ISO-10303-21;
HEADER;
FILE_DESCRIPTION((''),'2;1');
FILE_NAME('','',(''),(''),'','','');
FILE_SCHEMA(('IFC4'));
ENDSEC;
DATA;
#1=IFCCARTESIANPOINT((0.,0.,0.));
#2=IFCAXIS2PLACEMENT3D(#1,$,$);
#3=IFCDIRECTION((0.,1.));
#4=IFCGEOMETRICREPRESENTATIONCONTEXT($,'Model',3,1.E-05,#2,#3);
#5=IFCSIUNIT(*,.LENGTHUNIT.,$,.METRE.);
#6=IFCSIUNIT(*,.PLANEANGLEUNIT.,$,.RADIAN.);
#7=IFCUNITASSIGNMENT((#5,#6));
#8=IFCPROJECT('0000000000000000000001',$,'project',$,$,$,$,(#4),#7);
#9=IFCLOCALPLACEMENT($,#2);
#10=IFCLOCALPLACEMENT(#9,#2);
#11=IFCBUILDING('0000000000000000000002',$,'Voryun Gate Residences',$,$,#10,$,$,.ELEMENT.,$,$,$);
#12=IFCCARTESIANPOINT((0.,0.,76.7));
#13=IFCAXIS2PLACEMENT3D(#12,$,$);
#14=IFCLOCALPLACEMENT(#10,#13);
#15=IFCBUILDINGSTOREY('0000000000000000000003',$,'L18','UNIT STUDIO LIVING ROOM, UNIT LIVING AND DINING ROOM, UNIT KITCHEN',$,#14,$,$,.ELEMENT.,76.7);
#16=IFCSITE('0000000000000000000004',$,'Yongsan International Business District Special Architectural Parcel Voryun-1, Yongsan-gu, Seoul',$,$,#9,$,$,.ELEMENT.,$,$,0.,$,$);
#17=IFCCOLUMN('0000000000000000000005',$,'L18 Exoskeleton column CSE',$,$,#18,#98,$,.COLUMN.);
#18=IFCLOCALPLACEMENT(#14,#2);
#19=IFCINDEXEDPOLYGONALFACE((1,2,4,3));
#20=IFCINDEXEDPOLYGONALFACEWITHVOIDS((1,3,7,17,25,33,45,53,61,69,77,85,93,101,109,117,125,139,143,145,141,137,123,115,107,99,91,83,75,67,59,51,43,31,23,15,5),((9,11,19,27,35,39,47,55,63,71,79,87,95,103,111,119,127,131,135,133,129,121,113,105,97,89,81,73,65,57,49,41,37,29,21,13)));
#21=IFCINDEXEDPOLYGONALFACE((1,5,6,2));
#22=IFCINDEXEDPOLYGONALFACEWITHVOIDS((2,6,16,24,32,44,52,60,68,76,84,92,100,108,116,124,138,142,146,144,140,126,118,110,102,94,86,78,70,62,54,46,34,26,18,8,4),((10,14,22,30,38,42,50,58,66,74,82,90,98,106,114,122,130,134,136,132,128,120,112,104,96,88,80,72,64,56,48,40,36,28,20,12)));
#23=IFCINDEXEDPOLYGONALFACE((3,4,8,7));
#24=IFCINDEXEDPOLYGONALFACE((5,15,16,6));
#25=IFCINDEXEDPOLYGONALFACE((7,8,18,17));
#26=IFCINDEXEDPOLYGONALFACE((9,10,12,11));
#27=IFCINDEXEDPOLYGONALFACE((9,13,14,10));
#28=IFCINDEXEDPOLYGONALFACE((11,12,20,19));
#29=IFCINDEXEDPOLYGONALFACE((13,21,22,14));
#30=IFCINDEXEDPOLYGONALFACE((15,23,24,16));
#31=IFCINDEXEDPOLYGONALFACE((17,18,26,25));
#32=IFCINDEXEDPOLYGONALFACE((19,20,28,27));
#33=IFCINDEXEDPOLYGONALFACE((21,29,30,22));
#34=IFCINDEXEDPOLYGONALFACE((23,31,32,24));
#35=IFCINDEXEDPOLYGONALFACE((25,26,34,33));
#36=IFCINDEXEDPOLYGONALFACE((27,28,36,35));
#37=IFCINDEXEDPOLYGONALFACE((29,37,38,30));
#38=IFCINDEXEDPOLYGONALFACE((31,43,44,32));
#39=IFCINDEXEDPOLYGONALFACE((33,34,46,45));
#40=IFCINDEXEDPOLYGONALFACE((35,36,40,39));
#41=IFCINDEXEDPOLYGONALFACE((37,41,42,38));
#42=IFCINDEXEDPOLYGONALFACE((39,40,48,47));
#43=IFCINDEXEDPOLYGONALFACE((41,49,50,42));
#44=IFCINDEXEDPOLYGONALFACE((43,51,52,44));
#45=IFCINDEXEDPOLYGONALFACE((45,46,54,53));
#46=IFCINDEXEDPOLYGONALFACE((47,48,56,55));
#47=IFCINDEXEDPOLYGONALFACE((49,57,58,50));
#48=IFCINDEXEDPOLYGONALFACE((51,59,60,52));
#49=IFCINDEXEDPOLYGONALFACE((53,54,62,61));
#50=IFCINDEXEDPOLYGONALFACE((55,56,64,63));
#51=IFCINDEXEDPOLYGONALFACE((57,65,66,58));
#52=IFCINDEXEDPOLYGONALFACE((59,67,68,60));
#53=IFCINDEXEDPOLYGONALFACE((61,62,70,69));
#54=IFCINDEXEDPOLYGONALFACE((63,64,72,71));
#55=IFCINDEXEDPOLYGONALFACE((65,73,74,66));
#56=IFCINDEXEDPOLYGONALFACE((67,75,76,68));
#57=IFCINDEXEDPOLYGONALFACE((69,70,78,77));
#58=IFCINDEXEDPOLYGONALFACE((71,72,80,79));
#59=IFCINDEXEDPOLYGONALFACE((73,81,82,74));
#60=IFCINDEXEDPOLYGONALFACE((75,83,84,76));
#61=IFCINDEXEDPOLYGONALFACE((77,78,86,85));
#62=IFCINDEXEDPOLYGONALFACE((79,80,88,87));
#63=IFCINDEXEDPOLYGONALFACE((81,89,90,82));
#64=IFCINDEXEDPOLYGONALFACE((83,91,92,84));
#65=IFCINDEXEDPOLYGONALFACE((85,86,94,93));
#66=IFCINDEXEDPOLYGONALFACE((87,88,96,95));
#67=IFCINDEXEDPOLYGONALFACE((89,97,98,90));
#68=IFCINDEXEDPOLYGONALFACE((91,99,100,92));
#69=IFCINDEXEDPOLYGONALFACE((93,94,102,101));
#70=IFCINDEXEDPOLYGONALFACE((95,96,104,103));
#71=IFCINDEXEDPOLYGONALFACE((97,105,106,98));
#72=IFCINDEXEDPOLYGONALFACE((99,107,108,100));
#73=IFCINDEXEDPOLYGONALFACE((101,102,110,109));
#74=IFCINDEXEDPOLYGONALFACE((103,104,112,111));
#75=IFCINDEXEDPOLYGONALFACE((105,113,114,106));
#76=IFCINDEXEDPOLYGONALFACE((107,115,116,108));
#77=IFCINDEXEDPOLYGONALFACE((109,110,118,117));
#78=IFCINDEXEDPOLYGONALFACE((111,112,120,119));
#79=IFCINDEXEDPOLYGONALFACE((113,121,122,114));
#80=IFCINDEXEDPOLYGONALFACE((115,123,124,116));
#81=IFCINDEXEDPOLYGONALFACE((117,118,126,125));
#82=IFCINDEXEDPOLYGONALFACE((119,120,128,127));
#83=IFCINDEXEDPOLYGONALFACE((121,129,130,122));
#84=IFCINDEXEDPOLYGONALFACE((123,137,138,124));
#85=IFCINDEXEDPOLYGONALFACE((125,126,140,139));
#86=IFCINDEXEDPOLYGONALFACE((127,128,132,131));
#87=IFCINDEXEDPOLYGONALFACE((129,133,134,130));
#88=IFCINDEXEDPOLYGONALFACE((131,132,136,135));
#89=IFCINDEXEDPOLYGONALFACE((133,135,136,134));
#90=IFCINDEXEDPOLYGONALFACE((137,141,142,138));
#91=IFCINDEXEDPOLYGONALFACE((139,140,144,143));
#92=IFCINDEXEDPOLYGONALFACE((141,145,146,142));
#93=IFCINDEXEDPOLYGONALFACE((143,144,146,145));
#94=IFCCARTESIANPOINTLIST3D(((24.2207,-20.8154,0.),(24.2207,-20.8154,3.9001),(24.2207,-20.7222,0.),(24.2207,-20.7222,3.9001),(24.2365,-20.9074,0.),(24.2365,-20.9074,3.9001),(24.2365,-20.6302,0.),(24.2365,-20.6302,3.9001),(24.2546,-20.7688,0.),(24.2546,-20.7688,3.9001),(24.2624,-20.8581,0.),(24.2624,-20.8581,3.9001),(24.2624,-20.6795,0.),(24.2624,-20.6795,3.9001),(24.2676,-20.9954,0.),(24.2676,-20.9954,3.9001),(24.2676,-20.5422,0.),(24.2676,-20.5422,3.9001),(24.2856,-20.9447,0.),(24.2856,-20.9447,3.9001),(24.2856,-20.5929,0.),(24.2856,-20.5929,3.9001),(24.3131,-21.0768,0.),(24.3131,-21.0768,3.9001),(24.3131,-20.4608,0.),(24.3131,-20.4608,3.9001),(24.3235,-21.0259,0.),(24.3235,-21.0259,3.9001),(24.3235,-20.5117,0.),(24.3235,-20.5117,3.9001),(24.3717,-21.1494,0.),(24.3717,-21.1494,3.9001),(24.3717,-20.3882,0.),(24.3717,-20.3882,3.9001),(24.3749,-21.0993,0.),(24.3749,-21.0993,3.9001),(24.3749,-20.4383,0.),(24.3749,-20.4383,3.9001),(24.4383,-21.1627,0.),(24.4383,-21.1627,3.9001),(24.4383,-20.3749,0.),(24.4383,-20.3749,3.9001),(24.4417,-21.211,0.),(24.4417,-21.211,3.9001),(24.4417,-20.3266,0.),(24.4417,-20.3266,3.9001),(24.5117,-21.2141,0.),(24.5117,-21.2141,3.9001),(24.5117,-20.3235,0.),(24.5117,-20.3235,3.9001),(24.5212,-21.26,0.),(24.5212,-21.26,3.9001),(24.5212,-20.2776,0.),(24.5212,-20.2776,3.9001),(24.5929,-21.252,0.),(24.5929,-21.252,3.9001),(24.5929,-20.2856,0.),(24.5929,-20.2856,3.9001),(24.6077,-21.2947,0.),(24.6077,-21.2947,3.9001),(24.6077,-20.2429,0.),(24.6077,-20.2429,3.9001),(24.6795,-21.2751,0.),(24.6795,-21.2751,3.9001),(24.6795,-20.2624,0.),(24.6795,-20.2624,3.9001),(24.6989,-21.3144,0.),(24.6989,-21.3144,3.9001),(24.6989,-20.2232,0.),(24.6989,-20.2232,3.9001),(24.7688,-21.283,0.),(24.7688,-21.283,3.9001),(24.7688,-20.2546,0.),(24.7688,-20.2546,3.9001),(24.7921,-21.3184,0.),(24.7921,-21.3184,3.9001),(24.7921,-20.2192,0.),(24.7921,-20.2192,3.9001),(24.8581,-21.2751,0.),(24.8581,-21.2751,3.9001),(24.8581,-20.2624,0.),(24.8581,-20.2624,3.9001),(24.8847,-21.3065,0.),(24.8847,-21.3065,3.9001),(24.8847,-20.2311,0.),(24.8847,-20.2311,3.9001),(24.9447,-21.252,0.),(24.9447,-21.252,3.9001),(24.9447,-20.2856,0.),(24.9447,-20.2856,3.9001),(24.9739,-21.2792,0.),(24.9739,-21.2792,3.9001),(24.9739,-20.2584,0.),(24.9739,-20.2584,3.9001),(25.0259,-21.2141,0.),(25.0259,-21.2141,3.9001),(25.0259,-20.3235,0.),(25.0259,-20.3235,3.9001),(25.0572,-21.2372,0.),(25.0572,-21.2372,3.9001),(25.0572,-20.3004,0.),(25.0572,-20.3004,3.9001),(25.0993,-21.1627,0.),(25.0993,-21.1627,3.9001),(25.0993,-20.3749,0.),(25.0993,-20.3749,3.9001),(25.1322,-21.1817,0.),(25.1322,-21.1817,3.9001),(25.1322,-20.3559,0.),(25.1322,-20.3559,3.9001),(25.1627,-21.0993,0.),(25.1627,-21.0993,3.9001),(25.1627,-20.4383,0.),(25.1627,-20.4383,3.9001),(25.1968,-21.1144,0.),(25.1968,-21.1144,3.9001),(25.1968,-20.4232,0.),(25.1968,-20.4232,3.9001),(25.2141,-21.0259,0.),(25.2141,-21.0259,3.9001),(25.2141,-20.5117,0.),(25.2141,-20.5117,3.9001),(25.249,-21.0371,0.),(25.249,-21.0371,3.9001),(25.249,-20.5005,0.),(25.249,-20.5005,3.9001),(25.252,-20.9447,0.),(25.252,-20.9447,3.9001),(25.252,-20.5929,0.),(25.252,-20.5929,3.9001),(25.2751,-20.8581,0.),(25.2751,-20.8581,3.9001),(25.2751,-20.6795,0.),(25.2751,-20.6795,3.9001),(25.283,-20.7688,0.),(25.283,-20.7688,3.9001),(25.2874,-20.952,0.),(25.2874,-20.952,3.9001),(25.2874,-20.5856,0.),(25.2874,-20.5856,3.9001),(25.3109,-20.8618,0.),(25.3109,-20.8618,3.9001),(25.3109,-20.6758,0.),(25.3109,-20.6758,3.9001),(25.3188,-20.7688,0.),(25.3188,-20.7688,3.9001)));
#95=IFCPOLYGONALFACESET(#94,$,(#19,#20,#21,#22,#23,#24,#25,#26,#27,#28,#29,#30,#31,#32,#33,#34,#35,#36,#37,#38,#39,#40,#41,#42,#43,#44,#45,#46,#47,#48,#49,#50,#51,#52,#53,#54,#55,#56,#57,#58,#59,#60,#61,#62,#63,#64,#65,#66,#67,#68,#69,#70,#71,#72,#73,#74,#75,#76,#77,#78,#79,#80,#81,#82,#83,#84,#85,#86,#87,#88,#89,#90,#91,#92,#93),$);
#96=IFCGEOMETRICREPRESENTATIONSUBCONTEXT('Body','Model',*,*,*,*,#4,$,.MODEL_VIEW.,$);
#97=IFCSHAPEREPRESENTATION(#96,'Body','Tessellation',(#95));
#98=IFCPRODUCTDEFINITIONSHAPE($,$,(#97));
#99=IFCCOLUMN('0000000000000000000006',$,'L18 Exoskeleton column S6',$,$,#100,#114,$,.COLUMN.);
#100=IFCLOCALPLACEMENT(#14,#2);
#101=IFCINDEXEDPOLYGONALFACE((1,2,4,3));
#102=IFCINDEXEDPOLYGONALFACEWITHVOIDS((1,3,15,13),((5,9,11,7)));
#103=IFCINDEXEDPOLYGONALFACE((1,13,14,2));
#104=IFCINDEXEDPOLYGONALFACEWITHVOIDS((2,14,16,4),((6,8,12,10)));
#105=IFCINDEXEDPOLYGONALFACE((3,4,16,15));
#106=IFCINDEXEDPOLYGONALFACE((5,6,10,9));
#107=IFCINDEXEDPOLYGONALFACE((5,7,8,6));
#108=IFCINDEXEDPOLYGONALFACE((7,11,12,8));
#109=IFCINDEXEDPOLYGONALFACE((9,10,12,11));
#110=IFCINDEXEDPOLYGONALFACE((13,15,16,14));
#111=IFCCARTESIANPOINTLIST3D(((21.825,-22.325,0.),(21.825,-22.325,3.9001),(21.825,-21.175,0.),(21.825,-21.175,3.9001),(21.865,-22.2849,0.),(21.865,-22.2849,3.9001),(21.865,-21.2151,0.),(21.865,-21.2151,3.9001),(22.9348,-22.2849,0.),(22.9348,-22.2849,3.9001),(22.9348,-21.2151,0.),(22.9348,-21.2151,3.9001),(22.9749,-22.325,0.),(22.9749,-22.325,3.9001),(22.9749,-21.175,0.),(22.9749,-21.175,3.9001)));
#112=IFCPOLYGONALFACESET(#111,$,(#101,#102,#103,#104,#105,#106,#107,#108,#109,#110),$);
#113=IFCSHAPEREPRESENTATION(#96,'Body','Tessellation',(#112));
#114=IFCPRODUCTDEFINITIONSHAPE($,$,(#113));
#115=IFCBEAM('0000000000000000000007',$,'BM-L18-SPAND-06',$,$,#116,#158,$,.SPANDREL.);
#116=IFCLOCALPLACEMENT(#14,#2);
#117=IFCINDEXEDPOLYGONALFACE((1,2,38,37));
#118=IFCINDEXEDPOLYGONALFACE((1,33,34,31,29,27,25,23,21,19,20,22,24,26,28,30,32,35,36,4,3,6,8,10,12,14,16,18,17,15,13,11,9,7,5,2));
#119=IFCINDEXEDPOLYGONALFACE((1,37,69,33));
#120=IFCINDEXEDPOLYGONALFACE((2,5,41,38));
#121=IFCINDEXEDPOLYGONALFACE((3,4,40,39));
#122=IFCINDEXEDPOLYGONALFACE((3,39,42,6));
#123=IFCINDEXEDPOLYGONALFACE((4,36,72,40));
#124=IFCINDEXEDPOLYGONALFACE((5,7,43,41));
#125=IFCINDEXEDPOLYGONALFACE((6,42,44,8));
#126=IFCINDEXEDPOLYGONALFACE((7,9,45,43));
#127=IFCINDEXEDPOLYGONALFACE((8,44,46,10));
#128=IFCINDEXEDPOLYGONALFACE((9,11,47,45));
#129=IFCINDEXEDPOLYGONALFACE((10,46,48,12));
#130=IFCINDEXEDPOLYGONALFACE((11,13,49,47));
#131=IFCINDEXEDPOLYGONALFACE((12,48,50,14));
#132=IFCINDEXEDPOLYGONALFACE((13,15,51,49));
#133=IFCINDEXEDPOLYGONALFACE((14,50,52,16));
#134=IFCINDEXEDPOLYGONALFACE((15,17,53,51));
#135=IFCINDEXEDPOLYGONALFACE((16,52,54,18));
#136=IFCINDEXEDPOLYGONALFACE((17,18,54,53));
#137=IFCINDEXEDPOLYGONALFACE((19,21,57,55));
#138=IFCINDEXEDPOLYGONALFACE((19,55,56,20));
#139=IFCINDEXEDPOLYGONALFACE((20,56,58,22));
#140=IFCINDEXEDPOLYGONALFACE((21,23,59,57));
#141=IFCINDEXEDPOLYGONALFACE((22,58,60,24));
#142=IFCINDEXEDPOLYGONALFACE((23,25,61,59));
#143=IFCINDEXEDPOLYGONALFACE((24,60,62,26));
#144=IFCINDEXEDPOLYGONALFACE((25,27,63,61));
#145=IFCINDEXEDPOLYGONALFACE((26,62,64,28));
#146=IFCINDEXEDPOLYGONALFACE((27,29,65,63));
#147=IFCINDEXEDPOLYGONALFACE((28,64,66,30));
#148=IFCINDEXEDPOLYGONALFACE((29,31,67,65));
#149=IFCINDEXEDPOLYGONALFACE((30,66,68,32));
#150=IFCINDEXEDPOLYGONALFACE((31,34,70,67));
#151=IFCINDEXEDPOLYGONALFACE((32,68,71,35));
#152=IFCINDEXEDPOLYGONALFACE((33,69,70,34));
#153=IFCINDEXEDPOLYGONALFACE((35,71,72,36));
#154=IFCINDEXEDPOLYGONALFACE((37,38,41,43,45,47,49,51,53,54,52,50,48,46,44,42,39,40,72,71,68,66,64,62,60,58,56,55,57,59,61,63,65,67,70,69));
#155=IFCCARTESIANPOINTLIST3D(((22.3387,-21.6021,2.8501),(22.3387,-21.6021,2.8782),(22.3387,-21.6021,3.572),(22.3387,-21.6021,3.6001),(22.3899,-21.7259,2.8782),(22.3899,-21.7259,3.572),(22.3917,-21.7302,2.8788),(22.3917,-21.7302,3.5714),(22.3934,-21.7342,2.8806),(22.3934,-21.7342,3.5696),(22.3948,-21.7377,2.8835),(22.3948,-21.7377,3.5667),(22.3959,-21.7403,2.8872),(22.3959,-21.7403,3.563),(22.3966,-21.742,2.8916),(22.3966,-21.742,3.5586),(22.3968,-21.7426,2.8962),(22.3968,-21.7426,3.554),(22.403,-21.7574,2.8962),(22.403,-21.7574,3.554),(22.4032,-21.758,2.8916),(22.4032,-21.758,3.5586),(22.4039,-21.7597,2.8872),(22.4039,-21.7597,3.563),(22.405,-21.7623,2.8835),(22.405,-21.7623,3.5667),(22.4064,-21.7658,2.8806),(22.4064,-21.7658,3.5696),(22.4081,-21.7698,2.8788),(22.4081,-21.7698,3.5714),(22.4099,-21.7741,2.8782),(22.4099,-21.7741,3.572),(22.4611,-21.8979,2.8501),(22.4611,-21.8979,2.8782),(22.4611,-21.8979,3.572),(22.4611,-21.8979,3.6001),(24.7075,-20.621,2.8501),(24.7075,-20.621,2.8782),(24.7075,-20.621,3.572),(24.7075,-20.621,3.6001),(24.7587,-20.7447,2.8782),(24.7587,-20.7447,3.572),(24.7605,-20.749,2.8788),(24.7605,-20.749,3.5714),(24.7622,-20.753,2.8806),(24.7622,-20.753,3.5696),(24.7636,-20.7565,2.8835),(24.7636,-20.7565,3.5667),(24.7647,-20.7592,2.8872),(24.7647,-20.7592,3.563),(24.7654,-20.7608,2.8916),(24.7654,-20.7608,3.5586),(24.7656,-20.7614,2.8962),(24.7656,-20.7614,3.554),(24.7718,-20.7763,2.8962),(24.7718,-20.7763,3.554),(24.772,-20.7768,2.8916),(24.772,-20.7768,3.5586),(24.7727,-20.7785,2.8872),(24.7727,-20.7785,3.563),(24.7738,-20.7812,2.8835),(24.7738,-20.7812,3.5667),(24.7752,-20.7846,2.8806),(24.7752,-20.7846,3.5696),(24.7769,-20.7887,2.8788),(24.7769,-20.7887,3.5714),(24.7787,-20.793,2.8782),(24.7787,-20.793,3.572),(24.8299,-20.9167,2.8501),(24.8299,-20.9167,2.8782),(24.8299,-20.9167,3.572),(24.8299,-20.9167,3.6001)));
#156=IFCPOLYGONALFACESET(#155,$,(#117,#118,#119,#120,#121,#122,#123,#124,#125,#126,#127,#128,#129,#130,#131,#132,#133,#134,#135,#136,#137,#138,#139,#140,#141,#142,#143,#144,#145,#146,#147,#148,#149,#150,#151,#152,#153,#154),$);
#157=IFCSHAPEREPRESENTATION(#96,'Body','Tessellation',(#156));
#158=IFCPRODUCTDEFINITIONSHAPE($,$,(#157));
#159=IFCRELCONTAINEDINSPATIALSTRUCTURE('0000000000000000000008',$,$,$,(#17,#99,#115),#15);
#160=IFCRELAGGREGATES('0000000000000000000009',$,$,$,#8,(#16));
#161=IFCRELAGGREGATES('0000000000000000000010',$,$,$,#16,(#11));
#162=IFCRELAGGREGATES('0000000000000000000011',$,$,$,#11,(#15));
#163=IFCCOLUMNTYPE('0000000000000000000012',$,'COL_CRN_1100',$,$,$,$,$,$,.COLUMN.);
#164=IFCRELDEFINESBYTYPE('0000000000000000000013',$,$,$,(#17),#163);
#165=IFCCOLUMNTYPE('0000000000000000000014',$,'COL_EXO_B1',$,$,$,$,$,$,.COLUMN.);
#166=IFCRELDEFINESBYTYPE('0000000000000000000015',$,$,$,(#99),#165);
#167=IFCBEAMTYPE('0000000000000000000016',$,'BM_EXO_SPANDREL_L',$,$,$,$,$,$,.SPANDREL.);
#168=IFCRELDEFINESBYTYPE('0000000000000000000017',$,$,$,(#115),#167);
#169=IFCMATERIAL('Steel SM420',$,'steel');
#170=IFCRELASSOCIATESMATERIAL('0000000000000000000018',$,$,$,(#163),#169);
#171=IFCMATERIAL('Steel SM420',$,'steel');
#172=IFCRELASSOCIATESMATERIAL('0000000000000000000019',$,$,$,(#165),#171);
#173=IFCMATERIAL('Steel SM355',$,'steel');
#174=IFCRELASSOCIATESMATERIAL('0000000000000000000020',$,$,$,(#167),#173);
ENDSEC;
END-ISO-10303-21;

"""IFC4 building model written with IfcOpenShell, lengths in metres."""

from ifc_helpers import new_model, si_unit, direction, frame, origin, origin_2d, place, context, subcontext, project, spatial, hollow_rectangle, hollow_circle, i_section, extrude, material, material_profile, profile_set, type_object, element, save


model = new_model("IFC4")

# Units and contexts
model_context = context("Model", 3, precision=1e-05, world=origin(), true_north=direction((0.0, 1.0)))
body_context = subcontext(model_context, "Body", "Model", "MODEL_VIEW")
ifc_project = project(units=[si_unit("LENGTHUNIT", "METRE"), si_unit("PLANEANGLEUNIT", "RADIAN")], contexts=[model_context])

# Site, building, storey
site_placement = place(None, origin())
site = spatial("IfcSite", under=ifc_project, at=site_placement, Name="Yongsan International Business District Special Architectural Parcel Voryun-1, Yongsan-gu, Seoul", CompositionType="ELEMENT", RefElevation=0.0)
building_placement = place(site_placement, origin())
building = spatial("IfcBuilding", under=site, at=building_placement, Name="Voryun Gate Residences", CompositionType="ELEMENT")
storey_placement = place(building_placement, frame((0.0, 0.0, 76.7)))
storey = spatial("IfcBuildingStorey", under=building, at=storey_placement, Name="L18", Description="UNIT STUDIO LIVING ROOM, UNIT LIVING AND DINING ROOM, UNIT KITCHEN", CompositionType="ELEMENT", Elevation=76.7)

# Columns
ifc_material_1 = material(Name="Steel SM420", Category="steel")
ifc_material_profile_1 = material_profile(ifc_material_1, hollow_circle(Radius=0.55, WallThickness=0.0359, at=origin_2d()), Name="CHS-1100x36")
ifc_profile_set_1 = profile_set([ifc_material_profile_1], Name="Steel SM420")
column_type_1 = type_object("IfcColumnType", Name="COL_CRN_1100", PredefinedType="COLUMN", material=ifc_profile_set_1)
column_1_placement = place(storey_placement, frame((24.7688, -20.7688, 0.0), z_axis=(0.0, 0.0, 1.0), x_axis=(1.0, 0.0, 0.0)))
element("IfcColumn", 1, at=column_1_placement, inside=storey, type_object=column_type_1, Name="L18 Exoskeleton column CSE", PredefinedType="COLUMN", context=body_context, shape_type="SweptSolid", body=[
    extrude(hollow_circle(Radius=0.55, WallThickness=0.0359, at=origin_2d()), origin(), (0.0, 0.0, 1.0), 3.9001),
])
ifc_material_2 = material(Name="Steel SM420", Category="steel")
ifc_material_profile_2 = material_profile(ifc_material_2, hollow_rectangle(XDim=1.1499, YDim=1.1499, WallThickness=0.04, at=origin_2d()), Name="BOX-1150x1150x40")
ifc_profile_set_2 = profile_set([ifc_material_profile_2], Name="Steel SM420")
column_type_2 = type_object("IfcColumnType", Name="COL_EXO_B1", PredefinedType="COLUMN", material=ifc_profile_set_2)
column_2_placement = place(storey_placement, frame((22.3999, -21.75, 0.0), z_axis=(0.0, 0.0, 1.0), x_axis=(1.0, 0.0, 0.0)))
element("IfcColumn", 2, at=column_2_placement, inside=storey, type_object=column_type_2, Name="L18 Exoskeleton column S6", PredefinedType="COLUMN", context=body_context, shape_type="SweptSolid", body=[
    extrude(hollow_rectangle(XDim=1.1499, YDim=1.1499, WallThickness=0.04, at=origin_2d()), origin(), (0.0, 0.0, 1.0), 3.9001),
])

# Beam
ifc_material_3 = material(Name="Steel SM355", Category="steel")
ifc_material_profile_3 = material_profile(ifc_material_3, i_section(OverallWidth=0.3201, OverallDepth=0.75, WebThickness=0.0161, FlangeThickness=0.0281, FilletRadius=0.0181, at=origin_2d()), Name="H-750x320x16x28")
ifc_profile_set_3 = profile_set([ifc_material_profile_3], Name="Steel SM355")
beam_type = type_object("IfcBeamType", Name="BM_EXO_SPANDREL_L", PredefinedType="SPANDREL", material=ifc_profile_set_3)
beam_1_placement = place(storey_placement, frame((22.3999, -21.75, 3.2251), z_axis=(0.923883, 0.382674, 0.0), x_axis=(-0.382674, 0.923883, 0.0)))
element("IfcBeam", 3, at=beam_1_placement, inside=storey, type_object=beam_type, Name="BM-L18-SPAND-06", PredefinedType="SPANDREL", context=body_context, shape_type="SweptSolid", body=[
    extrude(i_section(OverallWidth=0.3201, OverallDepth=0.75, WebThickness=0.0161, FlangeThickness=0.0281, FilletRadius=0.0181, at=origin_2d()), origin(), (0.0, 0.0, 1.0), 2.564),
])

save(model, "model.ifc")
